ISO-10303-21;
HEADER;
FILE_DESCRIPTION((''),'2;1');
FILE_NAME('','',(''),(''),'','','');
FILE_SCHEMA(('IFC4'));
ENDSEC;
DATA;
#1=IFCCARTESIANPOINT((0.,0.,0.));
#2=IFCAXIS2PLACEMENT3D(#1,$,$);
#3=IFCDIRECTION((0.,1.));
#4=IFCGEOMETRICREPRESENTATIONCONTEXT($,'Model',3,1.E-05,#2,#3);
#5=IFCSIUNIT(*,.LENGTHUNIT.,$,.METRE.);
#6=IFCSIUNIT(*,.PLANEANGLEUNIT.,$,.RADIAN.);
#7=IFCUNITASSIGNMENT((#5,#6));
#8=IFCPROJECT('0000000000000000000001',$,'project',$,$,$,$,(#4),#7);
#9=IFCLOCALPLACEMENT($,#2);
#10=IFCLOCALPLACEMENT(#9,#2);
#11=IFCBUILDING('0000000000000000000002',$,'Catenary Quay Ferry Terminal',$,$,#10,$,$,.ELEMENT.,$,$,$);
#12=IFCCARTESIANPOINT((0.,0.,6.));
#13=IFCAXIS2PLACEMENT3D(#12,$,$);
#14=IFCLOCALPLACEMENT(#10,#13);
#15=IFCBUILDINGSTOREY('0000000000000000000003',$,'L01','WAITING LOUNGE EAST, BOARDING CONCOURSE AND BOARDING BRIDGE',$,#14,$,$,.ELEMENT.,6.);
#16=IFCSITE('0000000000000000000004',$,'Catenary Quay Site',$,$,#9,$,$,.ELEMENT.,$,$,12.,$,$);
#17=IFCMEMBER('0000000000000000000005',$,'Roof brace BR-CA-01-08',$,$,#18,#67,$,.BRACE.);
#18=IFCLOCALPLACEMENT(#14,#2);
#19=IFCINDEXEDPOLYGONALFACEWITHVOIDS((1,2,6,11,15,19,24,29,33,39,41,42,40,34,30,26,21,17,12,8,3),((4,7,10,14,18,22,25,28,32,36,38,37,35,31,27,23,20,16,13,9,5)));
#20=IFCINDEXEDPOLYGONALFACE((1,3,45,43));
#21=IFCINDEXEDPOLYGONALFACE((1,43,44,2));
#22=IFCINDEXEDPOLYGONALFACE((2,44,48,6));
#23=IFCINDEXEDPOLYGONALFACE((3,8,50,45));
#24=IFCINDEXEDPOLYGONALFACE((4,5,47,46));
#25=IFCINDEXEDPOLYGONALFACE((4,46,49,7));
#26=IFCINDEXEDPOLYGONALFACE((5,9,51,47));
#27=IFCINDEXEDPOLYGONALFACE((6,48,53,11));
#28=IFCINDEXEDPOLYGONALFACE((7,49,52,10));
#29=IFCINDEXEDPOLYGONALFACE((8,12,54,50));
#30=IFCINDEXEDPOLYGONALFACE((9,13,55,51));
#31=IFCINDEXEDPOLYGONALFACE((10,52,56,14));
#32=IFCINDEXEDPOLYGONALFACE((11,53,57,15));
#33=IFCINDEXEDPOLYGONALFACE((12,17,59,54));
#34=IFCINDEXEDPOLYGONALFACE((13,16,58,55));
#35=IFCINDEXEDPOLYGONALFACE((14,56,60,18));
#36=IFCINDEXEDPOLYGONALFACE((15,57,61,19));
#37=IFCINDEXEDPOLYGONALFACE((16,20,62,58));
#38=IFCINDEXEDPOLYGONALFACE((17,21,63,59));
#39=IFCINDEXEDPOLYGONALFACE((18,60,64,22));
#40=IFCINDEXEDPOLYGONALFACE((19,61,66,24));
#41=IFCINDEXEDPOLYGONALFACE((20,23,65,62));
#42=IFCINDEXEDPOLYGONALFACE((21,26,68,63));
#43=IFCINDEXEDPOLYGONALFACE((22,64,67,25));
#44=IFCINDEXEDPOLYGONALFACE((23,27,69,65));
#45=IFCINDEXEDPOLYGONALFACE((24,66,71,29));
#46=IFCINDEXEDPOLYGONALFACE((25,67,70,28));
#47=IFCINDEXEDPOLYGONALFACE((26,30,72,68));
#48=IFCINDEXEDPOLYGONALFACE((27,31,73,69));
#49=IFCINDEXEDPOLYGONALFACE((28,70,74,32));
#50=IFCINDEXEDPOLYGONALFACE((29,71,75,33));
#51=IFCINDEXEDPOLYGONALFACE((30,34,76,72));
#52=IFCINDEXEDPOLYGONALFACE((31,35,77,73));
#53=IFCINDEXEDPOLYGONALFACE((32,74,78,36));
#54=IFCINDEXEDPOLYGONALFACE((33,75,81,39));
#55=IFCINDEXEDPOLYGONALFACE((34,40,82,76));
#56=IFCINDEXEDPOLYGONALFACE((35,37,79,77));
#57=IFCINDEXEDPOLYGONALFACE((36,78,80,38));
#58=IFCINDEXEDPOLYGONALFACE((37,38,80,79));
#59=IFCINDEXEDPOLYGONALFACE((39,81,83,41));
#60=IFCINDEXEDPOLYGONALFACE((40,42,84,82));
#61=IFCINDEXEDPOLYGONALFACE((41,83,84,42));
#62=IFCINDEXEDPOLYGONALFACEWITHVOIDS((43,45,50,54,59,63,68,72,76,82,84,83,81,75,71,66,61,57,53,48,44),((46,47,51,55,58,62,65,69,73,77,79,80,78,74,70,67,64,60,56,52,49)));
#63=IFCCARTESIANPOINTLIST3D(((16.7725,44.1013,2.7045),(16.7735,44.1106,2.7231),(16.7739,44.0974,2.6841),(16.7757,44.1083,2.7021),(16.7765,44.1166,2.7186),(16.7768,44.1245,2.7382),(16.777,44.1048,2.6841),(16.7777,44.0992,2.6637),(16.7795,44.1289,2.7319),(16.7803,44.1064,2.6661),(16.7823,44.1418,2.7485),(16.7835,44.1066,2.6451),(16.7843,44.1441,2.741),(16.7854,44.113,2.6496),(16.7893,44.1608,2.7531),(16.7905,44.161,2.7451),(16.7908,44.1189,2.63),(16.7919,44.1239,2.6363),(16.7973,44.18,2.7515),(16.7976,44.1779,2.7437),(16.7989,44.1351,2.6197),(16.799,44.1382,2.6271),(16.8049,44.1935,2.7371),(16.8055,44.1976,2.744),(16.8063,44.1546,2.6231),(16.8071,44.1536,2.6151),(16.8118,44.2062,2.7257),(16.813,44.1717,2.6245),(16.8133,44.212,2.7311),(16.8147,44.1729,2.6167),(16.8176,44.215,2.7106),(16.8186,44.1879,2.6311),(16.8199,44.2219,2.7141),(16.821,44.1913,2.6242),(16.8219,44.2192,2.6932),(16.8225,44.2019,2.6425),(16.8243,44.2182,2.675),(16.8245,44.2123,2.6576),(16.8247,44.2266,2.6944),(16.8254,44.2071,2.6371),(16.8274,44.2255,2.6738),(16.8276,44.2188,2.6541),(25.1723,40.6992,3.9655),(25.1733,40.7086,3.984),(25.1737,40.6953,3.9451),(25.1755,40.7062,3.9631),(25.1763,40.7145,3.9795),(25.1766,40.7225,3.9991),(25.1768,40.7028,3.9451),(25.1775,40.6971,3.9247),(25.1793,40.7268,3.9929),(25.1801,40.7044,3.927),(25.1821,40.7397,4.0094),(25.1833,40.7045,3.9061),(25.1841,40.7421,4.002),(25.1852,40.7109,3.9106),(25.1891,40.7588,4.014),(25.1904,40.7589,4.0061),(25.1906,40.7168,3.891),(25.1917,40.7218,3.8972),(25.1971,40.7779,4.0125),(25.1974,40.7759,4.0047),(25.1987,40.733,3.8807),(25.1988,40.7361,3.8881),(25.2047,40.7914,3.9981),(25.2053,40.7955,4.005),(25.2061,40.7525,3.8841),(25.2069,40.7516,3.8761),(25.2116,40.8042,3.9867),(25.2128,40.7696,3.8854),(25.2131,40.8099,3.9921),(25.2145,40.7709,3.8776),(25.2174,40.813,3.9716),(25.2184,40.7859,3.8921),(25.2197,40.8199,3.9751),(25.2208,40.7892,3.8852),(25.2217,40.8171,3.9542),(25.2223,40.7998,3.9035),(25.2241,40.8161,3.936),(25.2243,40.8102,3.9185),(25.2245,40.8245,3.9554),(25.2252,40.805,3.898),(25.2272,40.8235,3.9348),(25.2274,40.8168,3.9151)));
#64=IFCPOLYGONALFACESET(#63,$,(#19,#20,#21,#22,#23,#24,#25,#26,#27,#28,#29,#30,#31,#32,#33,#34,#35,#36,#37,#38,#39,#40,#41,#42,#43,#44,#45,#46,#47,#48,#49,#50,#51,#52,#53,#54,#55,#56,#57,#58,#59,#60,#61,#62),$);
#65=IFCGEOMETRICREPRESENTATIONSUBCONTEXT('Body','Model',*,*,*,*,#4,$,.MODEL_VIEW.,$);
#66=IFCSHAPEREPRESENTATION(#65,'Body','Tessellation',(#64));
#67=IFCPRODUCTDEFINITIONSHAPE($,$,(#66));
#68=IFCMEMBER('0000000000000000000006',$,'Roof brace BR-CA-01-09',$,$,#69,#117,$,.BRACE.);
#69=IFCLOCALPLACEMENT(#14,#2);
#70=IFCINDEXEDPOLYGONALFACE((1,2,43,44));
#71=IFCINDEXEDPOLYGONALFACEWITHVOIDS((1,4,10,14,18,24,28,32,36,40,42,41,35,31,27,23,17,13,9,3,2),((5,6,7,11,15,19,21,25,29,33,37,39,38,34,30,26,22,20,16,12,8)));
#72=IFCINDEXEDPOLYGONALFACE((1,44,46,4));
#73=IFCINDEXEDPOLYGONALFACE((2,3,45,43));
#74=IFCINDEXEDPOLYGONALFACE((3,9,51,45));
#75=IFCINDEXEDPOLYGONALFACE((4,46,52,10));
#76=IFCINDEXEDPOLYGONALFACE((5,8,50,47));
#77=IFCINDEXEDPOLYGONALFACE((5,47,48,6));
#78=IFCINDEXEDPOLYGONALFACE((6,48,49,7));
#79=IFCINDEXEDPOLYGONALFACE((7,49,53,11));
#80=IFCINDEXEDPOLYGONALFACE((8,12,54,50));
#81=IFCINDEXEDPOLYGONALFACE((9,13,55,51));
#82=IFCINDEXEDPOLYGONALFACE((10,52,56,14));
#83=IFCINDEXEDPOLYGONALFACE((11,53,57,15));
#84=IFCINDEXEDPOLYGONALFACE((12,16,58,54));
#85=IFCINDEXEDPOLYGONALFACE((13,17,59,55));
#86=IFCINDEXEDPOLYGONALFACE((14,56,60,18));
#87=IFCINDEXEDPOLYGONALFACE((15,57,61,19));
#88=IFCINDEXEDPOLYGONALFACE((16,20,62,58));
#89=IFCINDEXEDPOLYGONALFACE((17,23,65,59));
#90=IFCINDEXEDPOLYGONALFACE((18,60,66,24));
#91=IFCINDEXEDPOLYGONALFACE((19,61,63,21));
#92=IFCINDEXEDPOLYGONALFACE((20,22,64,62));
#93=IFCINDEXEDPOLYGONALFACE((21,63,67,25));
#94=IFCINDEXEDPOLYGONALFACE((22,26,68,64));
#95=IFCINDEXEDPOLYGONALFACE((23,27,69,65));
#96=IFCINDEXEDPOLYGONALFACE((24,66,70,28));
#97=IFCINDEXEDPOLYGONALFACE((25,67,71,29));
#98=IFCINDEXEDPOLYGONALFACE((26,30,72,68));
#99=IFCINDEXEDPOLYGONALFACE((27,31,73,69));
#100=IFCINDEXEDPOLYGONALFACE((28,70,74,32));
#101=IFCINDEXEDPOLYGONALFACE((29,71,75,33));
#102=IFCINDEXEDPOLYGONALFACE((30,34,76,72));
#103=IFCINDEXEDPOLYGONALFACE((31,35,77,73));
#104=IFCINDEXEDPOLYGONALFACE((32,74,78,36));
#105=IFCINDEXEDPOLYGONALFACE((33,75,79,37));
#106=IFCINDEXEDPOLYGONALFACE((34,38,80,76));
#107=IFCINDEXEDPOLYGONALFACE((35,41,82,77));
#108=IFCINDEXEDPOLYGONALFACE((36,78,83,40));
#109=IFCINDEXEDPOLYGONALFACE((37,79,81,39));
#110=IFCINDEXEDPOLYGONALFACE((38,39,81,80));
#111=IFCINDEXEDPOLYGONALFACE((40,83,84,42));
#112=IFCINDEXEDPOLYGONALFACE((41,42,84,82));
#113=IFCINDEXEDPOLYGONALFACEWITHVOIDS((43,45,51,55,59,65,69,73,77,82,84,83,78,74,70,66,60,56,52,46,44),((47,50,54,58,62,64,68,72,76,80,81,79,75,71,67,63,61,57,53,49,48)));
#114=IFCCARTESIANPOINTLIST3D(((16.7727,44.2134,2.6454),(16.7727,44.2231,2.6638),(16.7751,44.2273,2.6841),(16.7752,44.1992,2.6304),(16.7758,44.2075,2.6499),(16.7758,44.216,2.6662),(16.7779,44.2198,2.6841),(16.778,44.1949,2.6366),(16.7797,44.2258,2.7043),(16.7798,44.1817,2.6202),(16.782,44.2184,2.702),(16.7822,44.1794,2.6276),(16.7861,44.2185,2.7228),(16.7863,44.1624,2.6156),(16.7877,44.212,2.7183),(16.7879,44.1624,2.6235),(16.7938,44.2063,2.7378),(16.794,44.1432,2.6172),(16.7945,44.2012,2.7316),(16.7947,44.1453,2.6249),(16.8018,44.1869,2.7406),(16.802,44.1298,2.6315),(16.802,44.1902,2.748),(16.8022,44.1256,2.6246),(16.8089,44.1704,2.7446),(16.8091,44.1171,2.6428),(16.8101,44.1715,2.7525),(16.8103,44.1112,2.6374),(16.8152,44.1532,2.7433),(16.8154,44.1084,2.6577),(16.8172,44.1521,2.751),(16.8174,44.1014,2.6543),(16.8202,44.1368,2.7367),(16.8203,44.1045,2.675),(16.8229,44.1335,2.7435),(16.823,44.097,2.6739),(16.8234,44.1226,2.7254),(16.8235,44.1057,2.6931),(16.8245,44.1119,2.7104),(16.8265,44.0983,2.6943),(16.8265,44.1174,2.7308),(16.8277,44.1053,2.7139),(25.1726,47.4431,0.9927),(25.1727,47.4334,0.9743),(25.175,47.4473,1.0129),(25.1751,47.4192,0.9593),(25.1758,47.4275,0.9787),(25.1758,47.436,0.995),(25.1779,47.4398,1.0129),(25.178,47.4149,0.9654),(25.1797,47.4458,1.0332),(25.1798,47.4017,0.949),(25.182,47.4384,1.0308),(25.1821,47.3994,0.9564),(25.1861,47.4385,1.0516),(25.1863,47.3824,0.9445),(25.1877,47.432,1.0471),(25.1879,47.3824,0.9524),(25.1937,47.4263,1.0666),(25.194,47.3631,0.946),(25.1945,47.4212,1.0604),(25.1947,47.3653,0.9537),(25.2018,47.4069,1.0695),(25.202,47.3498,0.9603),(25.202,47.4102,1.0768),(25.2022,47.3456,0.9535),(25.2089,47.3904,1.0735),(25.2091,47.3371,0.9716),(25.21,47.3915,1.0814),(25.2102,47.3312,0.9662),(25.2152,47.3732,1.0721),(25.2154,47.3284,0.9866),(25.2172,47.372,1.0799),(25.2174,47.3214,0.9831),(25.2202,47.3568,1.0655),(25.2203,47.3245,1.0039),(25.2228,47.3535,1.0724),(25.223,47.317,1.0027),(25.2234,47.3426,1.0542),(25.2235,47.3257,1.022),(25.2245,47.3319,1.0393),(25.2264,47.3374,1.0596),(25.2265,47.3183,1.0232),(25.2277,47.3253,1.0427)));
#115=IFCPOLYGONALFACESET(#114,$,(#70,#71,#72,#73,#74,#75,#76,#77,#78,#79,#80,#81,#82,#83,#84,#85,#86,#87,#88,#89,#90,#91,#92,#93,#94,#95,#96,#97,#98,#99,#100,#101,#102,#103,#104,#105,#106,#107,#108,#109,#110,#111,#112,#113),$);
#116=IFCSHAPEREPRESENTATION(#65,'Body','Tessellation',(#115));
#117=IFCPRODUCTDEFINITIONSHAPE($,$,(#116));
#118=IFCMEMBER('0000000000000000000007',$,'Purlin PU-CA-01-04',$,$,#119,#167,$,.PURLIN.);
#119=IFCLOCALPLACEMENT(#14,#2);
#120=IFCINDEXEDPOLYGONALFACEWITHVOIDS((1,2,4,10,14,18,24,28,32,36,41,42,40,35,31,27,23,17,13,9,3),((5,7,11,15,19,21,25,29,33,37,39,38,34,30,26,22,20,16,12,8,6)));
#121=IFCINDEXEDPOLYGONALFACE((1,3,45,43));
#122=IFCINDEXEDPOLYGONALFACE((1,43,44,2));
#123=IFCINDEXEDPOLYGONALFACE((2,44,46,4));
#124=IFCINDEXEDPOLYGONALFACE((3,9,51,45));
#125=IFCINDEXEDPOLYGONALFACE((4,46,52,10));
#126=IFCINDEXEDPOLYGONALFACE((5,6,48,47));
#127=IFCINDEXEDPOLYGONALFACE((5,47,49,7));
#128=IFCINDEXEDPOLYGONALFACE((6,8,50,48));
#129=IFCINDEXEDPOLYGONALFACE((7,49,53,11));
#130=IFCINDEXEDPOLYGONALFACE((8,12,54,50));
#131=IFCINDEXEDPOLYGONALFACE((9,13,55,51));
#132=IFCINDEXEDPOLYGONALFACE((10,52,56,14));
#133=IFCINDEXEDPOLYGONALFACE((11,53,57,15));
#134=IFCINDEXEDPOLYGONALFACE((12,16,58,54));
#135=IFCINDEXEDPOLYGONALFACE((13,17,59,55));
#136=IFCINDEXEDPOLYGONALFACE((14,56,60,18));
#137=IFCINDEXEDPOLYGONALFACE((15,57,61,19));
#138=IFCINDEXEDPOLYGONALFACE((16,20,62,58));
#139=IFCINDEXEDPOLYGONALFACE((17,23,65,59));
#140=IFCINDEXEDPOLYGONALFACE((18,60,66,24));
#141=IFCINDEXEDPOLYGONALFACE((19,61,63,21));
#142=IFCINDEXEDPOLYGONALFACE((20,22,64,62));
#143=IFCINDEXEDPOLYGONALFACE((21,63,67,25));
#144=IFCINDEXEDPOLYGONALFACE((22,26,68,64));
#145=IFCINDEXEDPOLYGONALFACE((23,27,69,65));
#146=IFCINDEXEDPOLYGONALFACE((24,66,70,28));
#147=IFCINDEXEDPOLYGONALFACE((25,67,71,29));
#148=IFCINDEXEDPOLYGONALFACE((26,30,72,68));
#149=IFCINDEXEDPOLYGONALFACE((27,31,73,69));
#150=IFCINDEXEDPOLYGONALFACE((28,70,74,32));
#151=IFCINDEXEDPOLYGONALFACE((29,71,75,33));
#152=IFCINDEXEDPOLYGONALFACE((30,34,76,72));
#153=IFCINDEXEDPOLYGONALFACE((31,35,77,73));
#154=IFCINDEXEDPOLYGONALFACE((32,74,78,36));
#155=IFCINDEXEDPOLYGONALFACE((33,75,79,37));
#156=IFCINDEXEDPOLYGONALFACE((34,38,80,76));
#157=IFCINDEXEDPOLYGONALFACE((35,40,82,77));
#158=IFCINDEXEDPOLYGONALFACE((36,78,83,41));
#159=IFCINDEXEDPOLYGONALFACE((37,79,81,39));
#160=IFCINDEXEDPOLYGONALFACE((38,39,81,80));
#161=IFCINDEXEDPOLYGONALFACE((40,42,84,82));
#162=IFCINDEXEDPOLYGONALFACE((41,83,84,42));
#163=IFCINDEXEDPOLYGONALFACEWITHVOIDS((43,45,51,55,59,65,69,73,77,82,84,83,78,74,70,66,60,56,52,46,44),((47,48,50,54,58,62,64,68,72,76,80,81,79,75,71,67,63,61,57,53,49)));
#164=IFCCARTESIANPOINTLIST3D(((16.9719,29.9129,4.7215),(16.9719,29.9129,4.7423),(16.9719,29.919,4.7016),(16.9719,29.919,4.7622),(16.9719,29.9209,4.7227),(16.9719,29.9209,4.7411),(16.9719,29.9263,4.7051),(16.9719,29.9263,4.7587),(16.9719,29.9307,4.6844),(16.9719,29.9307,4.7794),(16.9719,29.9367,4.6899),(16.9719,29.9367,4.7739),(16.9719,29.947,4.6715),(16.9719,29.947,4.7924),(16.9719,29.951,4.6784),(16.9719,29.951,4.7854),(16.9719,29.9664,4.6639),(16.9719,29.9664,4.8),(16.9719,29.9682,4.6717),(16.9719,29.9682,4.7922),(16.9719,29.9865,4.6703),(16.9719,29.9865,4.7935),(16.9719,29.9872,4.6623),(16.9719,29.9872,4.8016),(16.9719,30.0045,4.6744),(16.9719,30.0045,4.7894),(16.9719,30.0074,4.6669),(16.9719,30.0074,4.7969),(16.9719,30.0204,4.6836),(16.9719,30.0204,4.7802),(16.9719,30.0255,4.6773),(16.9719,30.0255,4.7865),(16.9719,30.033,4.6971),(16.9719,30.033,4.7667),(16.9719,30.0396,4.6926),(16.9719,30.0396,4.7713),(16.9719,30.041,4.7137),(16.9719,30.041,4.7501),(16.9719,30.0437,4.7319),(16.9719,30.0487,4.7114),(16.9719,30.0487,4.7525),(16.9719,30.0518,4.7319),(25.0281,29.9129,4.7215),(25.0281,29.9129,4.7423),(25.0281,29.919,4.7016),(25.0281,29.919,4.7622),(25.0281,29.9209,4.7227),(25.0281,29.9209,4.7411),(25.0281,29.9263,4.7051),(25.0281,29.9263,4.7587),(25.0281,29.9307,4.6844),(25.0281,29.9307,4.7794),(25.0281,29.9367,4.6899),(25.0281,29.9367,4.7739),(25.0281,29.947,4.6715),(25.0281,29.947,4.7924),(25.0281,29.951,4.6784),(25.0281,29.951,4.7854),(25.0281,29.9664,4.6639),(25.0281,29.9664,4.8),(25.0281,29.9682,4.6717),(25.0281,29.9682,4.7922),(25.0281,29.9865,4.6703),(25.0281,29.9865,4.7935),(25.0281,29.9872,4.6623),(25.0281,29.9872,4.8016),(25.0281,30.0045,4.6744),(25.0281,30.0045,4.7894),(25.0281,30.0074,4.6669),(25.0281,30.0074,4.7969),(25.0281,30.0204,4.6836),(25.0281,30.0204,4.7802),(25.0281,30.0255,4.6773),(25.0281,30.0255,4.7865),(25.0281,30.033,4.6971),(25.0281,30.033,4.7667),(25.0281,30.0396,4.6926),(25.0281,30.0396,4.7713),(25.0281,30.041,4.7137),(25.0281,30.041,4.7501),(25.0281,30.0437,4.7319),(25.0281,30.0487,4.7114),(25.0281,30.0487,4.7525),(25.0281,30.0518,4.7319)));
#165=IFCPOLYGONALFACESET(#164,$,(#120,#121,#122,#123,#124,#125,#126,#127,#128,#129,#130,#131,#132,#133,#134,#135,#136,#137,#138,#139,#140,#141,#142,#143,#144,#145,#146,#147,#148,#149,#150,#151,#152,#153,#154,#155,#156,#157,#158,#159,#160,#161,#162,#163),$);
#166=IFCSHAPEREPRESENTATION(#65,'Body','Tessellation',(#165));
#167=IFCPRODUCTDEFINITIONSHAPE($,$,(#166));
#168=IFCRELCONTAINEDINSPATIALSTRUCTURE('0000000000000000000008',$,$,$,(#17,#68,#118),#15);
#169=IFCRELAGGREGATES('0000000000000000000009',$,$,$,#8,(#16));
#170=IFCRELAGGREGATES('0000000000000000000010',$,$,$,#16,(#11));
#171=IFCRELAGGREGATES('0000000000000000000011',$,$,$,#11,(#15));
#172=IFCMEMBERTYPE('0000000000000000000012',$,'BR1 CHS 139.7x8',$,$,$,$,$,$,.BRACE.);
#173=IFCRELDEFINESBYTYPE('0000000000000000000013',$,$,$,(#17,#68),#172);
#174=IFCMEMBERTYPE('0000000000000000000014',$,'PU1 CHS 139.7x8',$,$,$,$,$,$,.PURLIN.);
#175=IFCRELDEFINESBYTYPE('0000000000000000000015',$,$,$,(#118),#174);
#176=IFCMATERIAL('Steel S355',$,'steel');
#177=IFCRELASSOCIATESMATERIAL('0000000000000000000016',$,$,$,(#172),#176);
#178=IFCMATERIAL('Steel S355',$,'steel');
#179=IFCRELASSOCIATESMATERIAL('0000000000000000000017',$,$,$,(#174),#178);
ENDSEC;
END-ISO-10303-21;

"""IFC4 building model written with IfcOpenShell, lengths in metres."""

from ifc_helpers import new_model, si_unit, direction, frame, origin, origin_2d, place, context, subcontext, project, spatial, hollow_circle, extrude, material, material_profile, profile_set, type_object, element, save


model = new_model("IFC4")

# Units and contexts
model_context = context("Model", 3, precision=1e-05, world=origin(), true_north=direction((0.0, 1.0)))
body_context = subcontext(model_context, "Body", "Model", "MODEL_VIEW")
ifc_project = project(units=[si_unit("LENGTHUNIT", "METRE"), si_unit("PLANEANGLEUNIT", "RADIAN")], contexts=[model_context])

# Site, building, storey
site_placement = place(None, origin())
site = spatial("IfcSite", under=ifc_project, at=site_placement, Name="Catenary Quay Site", CompositionType="ELEMENT", RefElevation=12.0)
building_placement = place(site_placement, origin())
building = spatial("IfcBuilding", under=site, at=building_placement, Name="Catenary Quay Ferry Terminal", CompositionType="ELEMENT")
storey_placement = place(building_placement, frame((0.0, 0.0, 6.0)))
storey = spatial("IfcBuildingStorey", under=building, at=storey_placement, Name="L01", Description="WAITING LOUNGE EAST, BOARDING CONCOURSE AND BOARDING BRIDGE", CompositionType="ELEMENT", Elevation=6.0)

# Members
ifc_material_1 = material(Name="Steel S355", Category="steel")
ifc_material_profile_1 = material_profile(ifc_material_1, hollow_circle(Radius=0.0698, WallThickness=0.0081, at=origin_2d()), Name="CHS 139.7x8")
ifc_profile_set_1 = profile_set([ifc_material_profile_1], Name="Steel S355")
member_type_1 = type_object("IfcMemberType", Name="BR1 CHS 139.7x8", PredefinedType="BRACE", material=ifc_profile_set_1)
for number, where, z_axis, x_axis, name in (
    (1, (25.2, 40.76, 3.9451), (-0.918021, 0.371814, -0.137813), (-0.375396, -0.926865, 0.0), "Roof brace BR-CA-01-08"),
    (2, (16.8, 44.1621, 2.6841), (0.91804, 0.351916, -0.182642), (-0.357937, 0.933746, 0.0), "Roof brace BR-CA-01-09"),
):
    element("IfcMember", number, at=place(storey_placement, frame(where, z_axis=z_axis, x_axis=x_axis)), inside=storey, type_object=member_type_1, Name=name, PredefinedType="BRACE", context=body_context, shape_type="SweptSolid", body=[
        extrude(hollow_circle(Radius=0.0698, WallThickness=0.0081, at=origin_2d()), origin(), (0.0, 0.0, 1.0), 9.1499),
    ])
ifc_material_2 = material(Name="Steel S355", Category="steel")
ifc_material_profile_2 = material_profile(ifc_material_2, hollow_circle(Radius=0.0698, WallThickness=0.0081, at=origin_2d()), Name="CHS 139.7x8")
ifc_profile_set_2 = profile_set([ifc_material_profile_2], Name="Steel S355")
member_type_2 = type_object("IfcMemberType", Name="PU1 CHS 139.7x8", PredefinedType="PURLIN", material=ifc_profile_set_2)
for number, where, z_axis, x_axis, name in (
    (3, (16.9719, 29.9819, 4.7319), (1.0, 0.0, 0.0), (0.0, 1.0, 0.0), "Purlin PU-CA-01-04"),
):
    element("IfcMember", number, at=place(storey_placement, frame(where, z_axis=z_axis, x_axis=x_axis)), inside=storey, type_object=member_type_2, Name=name, PredefinedType="PURLIN", context=body_context, shape_type="SweptSolid", body=[
        extrude(hollow_circle(Radius=0.0698, WallThickness=0.0081, at=origin_2d()), origin(), (0.0, 0.0, 1.0), 8.0562),
    ])

save(model, "model.ifc")
